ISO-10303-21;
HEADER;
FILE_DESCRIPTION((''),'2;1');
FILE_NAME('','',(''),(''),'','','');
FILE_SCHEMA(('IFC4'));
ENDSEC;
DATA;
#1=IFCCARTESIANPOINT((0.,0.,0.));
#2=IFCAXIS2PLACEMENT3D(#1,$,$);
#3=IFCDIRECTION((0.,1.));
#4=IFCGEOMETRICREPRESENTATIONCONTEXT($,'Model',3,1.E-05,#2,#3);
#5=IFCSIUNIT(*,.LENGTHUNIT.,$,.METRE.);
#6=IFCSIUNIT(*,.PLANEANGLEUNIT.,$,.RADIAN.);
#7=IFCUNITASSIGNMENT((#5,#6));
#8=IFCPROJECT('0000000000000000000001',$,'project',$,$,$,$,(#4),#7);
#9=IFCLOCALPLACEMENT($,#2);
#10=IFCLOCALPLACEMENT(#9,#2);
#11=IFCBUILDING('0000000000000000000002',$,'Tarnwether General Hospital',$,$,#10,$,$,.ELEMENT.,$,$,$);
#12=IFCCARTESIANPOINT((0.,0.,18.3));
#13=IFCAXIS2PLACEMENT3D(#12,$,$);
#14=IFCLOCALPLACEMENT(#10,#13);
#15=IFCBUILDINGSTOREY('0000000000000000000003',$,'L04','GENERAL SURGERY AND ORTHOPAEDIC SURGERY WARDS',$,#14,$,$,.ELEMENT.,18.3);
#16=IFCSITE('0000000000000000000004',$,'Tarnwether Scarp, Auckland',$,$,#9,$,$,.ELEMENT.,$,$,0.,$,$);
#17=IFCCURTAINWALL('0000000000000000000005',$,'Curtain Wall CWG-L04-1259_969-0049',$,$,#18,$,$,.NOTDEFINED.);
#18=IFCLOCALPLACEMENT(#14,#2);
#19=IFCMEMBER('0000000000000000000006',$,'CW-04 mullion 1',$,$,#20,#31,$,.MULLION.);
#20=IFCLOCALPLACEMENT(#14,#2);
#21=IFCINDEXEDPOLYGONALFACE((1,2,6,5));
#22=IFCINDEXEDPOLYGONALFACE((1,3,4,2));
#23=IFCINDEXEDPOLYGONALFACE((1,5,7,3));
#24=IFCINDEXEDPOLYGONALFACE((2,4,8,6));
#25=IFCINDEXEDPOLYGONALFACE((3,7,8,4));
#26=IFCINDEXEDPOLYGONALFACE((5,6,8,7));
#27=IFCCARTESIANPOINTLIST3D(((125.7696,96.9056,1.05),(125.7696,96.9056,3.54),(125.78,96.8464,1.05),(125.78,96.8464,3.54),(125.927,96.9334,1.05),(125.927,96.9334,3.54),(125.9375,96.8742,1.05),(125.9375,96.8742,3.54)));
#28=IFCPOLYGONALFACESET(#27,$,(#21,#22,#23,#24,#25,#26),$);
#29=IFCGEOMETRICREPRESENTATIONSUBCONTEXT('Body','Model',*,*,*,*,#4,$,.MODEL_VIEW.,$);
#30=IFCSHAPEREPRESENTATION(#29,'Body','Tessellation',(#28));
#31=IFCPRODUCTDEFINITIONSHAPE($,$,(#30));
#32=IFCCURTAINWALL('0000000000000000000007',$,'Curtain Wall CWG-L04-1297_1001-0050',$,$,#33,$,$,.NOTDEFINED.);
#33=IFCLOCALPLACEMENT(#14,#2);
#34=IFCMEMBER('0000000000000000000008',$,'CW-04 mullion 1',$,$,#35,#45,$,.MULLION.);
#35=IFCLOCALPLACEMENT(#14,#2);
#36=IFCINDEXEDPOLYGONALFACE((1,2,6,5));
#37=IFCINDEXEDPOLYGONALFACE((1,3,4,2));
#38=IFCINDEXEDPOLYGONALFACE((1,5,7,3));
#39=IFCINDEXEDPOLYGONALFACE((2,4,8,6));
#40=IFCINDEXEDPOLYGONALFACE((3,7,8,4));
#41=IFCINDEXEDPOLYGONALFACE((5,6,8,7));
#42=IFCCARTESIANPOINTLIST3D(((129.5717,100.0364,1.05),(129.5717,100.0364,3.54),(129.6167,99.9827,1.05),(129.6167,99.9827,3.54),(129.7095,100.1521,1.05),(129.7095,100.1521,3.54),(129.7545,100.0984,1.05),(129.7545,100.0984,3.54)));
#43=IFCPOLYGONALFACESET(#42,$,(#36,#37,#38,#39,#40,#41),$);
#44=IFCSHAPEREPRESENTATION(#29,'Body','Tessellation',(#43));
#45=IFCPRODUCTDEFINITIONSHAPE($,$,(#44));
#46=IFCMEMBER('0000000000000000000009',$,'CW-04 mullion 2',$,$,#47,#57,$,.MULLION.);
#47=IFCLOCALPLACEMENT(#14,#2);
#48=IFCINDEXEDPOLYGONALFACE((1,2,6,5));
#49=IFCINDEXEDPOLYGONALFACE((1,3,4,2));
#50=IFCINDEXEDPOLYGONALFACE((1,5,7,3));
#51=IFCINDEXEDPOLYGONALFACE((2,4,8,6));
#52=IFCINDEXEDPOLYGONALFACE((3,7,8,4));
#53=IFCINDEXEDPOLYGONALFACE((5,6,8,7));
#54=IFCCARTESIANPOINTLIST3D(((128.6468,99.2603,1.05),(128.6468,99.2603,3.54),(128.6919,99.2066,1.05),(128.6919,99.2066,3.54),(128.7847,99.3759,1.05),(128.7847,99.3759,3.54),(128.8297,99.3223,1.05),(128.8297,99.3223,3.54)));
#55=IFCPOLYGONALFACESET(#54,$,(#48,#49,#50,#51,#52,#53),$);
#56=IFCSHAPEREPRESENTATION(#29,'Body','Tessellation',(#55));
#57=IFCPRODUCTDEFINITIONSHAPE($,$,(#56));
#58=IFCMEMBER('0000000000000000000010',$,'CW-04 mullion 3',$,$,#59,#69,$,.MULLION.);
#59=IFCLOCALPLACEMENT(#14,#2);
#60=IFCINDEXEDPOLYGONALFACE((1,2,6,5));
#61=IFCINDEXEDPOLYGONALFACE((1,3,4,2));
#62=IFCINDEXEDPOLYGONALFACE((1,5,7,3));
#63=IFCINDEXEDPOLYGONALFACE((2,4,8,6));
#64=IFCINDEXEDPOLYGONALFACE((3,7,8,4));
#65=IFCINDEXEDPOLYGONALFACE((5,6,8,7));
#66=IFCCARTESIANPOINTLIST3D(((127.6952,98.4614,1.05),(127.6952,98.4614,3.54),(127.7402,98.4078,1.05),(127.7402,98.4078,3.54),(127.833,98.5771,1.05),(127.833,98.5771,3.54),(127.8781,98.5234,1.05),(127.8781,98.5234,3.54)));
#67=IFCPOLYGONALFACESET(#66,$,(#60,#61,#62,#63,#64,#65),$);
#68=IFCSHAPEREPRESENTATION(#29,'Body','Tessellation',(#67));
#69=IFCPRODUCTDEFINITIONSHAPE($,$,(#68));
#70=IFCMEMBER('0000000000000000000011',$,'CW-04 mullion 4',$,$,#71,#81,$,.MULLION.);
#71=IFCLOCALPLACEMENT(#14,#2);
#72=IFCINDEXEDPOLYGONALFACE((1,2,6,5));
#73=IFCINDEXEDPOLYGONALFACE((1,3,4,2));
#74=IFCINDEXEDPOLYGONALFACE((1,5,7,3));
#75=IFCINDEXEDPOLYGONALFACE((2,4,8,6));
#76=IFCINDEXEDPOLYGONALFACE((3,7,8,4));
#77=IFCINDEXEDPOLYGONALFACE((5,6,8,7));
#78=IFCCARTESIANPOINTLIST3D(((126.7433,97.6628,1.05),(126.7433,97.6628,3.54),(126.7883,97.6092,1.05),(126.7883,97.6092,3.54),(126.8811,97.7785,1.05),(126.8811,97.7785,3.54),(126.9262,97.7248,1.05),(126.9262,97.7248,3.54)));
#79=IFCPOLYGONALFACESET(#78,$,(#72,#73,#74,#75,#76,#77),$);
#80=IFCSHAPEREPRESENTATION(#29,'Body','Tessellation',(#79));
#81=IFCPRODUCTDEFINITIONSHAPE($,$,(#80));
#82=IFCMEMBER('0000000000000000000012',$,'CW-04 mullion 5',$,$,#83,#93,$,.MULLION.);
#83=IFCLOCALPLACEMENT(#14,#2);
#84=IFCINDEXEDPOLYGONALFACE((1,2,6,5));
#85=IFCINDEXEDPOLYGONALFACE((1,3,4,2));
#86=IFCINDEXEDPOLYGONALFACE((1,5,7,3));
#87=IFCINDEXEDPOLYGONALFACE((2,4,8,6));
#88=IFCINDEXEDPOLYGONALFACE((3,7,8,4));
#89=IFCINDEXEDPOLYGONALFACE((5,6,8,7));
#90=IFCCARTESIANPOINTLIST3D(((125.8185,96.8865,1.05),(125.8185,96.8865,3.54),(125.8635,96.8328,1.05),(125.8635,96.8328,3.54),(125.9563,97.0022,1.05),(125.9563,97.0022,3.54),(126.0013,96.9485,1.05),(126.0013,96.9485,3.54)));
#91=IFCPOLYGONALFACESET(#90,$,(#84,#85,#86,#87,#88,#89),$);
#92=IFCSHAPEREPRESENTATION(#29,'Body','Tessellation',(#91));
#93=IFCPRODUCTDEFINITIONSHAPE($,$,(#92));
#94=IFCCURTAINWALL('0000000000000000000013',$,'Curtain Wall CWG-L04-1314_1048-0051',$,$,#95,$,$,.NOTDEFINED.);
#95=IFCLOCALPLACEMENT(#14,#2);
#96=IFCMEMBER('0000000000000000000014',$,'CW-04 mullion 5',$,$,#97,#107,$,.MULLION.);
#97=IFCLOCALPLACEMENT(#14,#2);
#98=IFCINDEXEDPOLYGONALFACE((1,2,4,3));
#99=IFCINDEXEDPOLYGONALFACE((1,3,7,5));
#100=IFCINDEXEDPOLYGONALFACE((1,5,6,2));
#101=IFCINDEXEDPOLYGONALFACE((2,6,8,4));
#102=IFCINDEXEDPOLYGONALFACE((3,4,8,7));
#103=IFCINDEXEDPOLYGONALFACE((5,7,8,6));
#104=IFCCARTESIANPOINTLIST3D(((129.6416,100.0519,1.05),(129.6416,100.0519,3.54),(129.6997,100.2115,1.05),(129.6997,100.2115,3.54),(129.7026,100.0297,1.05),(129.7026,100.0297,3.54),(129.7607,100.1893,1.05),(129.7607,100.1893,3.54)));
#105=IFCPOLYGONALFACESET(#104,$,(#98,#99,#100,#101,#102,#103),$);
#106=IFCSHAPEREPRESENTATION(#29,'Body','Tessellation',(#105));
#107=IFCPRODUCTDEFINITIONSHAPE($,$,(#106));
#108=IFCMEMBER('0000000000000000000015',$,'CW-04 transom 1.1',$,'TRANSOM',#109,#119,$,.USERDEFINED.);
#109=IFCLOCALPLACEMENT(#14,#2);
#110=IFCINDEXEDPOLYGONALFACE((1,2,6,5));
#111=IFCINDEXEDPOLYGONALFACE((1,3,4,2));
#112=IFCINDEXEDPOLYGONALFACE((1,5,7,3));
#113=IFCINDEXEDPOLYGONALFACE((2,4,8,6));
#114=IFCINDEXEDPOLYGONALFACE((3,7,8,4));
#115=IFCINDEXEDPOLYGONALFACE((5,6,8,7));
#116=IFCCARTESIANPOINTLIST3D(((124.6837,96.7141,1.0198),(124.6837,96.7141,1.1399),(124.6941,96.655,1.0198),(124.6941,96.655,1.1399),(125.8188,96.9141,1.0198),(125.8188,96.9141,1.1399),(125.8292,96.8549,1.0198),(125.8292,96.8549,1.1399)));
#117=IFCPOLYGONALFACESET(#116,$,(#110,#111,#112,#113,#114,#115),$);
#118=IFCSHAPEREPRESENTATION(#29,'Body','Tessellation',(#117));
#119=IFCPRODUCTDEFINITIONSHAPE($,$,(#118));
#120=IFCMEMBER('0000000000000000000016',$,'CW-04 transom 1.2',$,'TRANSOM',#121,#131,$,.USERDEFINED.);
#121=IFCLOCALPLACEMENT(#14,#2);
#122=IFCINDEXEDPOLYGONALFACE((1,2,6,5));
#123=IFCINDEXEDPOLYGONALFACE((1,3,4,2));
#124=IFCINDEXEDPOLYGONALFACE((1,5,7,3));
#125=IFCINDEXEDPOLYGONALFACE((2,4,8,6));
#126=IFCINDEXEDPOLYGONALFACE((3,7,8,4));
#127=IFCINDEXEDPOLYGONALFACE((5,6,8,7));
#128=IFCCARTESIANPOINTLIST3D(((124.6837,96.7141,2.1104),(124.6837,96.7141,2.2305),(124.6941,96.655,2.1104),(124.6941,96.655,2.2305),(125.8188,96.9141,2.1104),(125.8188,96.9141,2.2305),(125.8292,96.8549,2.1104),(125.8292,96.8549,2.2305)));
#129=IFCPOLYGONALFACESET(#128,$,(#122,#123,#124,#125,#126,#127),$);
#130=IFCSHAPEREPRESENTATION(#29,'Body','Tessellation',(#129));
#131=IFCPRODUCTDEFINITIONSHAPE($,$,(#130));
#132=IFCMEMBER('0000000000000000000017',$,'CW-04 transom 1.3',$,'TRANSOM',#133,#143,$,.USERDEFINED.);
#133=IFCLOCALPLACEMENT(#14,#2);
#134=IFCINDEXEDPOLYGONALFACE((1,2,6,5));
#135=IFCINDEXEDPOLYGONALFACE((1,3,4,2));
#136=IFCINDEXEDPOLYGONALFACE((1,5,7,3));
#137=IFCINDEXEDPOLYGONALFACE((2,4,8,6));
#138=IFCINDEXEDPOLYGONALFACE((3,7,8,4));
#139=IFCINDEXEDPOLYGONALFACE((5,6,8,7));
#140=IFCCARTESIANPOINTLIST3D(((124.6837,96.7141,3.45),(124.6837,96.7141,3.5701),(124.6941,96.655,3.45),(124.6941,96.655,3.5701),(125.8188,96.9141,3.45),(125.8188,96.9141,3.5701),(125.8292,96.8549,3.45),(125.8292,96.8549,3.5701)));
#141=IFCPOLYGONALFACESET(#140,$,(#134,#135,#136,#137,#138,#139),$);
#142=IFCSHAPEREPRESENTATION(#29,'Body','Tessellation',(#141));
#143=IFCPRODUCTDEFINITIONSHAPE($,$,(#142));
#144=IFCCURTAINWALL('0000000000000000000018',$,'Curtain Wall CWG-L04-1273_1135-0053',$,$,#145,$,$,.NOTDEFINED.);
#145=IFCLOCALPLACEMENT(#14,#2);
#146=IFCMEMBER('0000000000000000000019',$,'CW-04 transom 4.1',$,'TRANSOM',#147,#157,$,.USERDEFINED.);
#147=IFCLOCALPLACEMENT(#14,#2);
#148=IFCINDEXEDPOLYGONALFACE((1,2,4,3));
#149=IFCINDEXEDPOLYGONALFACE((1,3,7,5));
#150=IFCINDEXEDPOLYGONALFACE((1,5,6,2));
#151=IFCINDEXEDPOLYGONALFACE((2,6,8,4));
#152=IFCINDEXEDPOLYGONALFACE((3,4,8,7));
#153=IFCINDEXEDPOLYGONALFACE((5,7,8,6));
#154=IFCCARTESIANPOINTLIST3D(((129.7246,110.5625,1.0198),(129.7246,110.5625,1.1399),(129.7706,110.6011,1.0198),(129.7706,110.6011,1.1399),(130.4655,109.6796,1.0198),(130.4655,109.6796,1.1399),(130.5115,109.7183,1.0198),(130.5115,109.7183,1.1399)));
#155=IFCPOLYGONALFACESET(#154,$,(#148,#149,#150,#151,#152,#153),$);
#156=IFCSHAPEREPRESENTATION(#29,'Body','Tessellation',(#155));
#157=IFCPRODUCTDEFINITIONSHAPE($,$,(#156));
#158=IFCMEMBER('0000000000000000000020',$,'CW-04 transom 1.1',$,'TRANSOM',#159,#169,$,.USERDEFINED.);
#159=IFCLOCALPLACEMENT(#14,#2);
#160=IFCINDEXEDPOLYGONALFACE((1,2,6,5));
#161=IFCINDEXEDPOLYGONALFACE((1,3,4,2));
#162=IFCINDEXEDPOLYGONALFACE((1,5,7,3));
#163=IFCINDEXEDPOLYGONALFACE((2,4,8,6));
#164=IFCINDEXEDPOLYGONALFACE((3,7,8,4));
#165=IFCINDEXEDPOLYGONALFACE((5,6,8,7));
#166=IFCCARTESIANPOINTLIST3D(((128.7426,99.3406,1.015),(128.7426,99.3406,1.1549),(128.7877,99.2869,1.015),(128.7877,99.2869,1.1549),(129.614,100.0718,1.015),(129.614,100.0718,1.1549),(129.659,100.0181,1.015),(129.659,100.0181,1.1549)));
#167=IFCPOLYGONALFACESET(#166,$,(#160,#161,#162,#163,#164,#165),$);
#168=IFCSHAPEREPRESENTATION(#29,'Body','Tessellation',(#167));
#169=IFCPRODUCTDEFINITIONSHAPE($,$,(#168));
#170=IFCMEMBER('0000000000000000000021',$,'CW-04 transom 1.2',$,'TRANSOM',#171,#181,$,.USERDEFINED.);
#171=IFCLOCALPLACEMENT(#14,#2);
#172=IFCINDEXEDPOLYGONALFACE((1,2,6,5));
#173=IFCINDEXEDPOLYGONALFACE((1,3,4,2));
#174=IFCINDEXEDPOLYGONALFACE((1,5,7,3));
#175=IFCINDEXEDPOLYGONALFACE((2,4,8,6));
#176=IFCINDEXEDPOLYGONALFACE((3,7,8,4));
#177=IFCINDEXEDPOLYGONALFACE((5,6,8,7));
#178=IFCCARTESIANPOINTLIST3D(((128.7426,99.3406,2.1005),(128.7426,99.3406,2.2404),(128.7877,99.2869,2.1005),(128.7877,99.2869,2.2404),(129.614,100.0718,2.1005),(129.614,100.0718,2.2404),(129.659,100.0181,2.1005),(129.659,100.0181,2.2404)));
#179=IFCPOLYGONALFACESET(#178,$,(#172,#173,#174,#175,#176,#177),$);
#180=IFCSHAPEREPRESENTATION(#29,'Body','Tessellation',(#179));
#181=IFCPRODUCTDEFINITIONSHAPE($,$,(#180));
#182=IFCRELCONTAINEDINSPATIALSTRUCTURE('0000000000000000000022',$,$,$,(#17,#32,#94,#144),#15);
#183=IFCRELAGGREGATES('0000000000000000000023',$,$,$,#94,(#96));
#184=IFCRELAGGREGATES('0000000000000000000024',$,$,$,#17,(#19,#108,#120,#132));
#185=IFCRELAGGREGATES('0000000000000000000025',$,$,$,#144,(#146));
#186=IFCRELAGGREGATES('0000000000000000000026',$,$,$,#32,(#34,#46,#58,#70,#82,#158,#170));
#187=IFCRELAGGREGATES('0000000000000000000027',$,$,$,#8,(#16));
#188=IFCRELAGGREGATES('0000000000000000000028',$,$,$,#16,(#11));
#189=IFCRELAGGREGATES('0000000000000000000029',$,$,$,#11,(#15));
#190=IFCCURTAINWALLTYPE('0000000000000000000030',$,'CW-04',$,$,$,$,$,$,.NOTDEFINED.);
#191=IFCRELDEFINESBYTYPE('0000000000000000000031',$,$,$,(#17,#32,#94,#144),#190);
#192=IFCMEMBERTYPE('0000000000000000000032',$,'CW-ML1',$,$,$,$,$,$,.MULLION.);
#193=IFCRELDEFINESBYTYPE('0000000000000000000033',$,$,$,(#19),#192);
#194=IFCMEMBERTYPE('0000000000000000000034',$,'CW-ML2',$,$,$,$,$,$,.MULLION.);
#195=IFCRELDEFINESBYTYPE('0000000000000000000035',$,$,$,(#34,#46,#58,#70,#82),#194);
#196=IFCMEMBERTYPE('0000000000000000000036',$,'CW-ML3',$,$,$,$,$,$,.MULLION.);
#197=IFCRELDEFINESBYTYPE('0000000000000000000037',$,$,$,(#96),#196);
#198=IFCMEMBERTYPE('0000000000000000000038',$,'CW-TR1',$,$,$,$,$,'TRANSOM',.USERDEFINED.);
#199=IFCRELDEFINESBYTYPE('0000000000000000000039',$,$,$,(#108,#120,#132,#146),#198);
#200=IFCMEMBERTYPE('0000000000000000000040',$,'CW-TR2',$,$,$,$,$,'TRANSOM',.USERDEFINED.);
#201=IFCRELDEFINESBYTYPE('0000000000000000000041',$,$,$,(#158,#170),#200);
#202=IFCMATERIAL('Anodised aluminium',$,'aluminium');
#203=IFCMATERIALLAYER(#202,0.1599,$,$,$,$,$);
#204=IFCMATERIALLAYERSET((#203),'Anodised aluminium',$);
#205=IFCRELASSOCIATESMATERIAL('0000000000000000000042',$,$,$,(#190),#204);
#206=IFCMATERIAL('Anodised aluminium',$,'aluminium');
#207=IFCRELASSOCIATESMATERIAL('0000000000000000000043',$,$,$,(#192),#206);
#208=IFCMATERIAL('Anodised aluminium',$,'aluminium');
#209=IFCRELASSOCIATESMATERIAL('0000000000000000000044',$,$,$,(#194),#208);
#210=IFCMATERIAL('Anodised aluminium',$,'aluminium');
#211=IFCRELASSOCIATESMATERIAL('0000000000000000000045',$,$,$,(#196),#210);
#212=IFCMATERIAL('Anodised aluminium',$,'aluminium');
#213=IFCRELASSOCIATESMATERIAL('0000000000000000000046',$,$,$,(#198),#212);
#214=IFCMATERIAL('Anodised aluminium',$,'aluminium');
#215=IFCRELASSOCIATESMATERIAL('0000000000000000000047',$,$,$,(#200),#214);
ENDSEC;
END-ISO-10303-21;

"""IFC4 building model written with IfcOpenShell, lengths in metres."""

from ifc_helpers import new_model, si_unit, direction, frame, origin, origin_2d, place, context, subcontext, project, spatial, rectangle, extrude, material, layer, layer_set, material_profile, profile_set, type_object, element, aggregate, save


model = new_model("IFC4")

# Units and contexts
model_context = context("Model", 3, precision=1e-05, world=origin(), true_north=direction((0.0, 1.0)))
body_context = subcontext(model_context, "Body", "Model", "MODEL_VIEW")
ifc_project = project(units=[si_unit("LENGTHUNIT", "METRE"), si_unit("PLANEANGLEUNIT", "RADIAN")], contexts=[model_context])

# Site, building, storey
site_placement = place(None, origin())
site = spatial("IfcSite", under=ifc_project, at=site_placement, Name="Tarnwether Scarp, Auckland", CompositionType="ELEMENT", RefElevation=0.0)
building_placement = place(site_placement, origin())
building = spatial("IfcBuilding", under=site, at=building_placement, Name="Tarnwether General Hospital", CompositionType="ELEMENT")
storey_placement = place(building_placement, frame((0.0, 0.0, 18.3)))
storey = spatial("IfcBuildingStorey", under=building, at=storey_placement, Name="L04", Description="GENERAL SURGERY AND ORTHOPAEDIC SURGERY WARDS", CompositionType="ELEMENT", Elevation=18.3)

# Curtain wall, member
ifc_material_1 = material(Name="Anodised aluminium", Category="aluminium")
ifc_layer_1 = layer(ifc_material_1, 0.1599)
ifc_layer_set_1 = layer_set([ifc_layer_1], Name="Anodised aluminium")
curtain_wall_type = type_object("IfcCurtainWallType", Name="CW-04", PredefinedType="NOTDEFINED", material=ifc_layer_set_1)
curtain_wall_1_placement = place(storey_placement, origin())
curtain_wall_1 = element("IfcCurtainWall", 1, at=curtain_wall_1_placement, inside=storey, type_object=curtain_wall_type, Name="Curtain Wall CWG-L04-1259_969-0049", PredefinedType="NOTDEFINED")
ifc_material_2 = material(Name="Anodised aluminium", Category="aluminium")
ifc_material_profile_1 = material_profile(ifc_material_2, rectangle(XDim=0.0601, YDim=0.1599, at=origin_2d()), Name="ALU-MUL-60x160")
ifc_profile_set_1 = profile_set([ifc_material_profile_1], Name="Anodised aluminium")
member_type_1 = type_object("IfcMemberType", Name="CW-ML1", PredefinedType="MULLION", material=ifc_profile_set_1)
member_1_placement = place(storey_placement, frame((125.8535, 96.8899, 1.05), z_axis=(0.0, 0.0, 1.0), x_axis=(0.173659, -0.984806, 0.0)))
member_1 = element("IfcMember", 2, at=member_1_placement, type_object=member_type_1, Name="CW-04 mullion 1", PredefinedType="MULLION", context=body_context, shape_type="SweptSolid", body=[
    extrude(rectangle(XDim=0.0601, YDim=0.1599, at=origin_2d()), origin(), (0.0, 0.0, 1.0), 2.49),
])

# Curtain wall, members
curtain_wall_2_placement = place(storey_placement, origin())
curtain_wall_2 = element("IfcCurtainWall", 3, at=curtain_wall_2_placement, inside=storey, type_object=curtain_wall_type, Name="Curtain Wall CWG-L04-1297_1001-0050", PredefinedType="NOTDEFINED")
ifc_material_3 = material(Name="Anodised aluminium", Category="aluminium")
ifc_material_profile_2 = material_profile(ifc_material_3, rectangle(XDim=0.0701, YDim=0.1799, at=origin_2d()), Name="ALU-MUL-70x180")
ifc_profile_set_2 = profile_set([ifc_material_profile_2], Name="Anodised aluminium")
member_type_2 = type_object("IfcMemberType", Name="CW-ML2", PredefinedType="MULLION", material=ifc_profile_set_2)
member_2_placement = place(storey_placement, frame((129.6631, 100.0674, 1.05), z_axis=(0.0, 0.0, 1.0), x_axis=(0.642852, -0.76599, 0.0)))
member_2 = element("IfcMember", 4, at=member_2_placement, type_object=member_type_2, Name="CW-04 mullion 1", PredefinedType="MULLION", context=body_context, shape_type="SweptSolid", body=[
    extrude(rectangle(XDim=0.0701, YDim=0.1799, at=origin_2d()), origin(), (0.0, 0.0, 1.0), 2.49),
])
member_3_placement = place(storey_placement, frame((128.7383, 99.2913, 1.05), z_axis=(0.0, 0.0, 1.0), x_axis=(0.642852, -0.76599, 0.0)))
member_3 = element("IfcMember", 5, at=member_3_placement, type_object=member_type_2, Name="CW-04 mullion 2", PredefinedType="MULLION", context=body_context, shape_type="SweptSolid", body=[
    extrude(rectangle(XDim=0.0701, YDim=0.1799, at=origin_2d()), origin(), (0.0, 0.0, 1.0), 2.49),
])
member_4_placement = place(storey_placement, frame((127.7866, 98.4924, 1.05), z_axis=(0.0, 0.0, 1.0), x_axis=(0.642852, -0.76599, 0.0)))
member_4 = element("IfcMember", 6, at=member_4_placement, type_object=member_type_2, Name="CW-04 mullion 3", PredefinedType="MULLION", context=body_context, shape_type="SweptSolid", body=[
    extrude(rectangle(XDim=0.0701, YDim=0.1799, at=origin_2d()), origin(), (0.0, 0.0, 1.0), 2.49),
])
member_5_placement = place(storey_placement, frame((126.8347, 97.6938, 1.05), z_axis=(0.0, 0.0, 1.0), x_axis=(0.642852, -0.76599, 0.0)))
member_5 = element("IfcMember", 7, at=member_5_placement, type_object=member_type_2, Name="CW-04 mullion 4", PredefinedType="MULLION", context=body_context, shape_type="SweptSolid", body=[
    extrude(rectangle(XDim=0.0701, YDim=0.1799, at=origin_2d()), origin(), (0.0, 0.0, 1.0), 2.49),
])
member_6_placement = place(storey_placement, frame((125.9099, 96.9175, 1.05), z_axis=(0.0, 0.0, 1.0), x_axis=(0.642852, -0.76599, 0.0)))
member_6 = element("IfcMember", 8, at=member_6_placement, type_object=member_type_2, Name="CW-04 mullion 5", PredefinedType="MULLION", context=body_context, shape_type="SweptSolid", body=[
    extrude(rectangle(XDim=0.0701, YDim=0.1799, at=origin_2d()), origin(), (0.0, 0.0, 1.0), 2.49),
])

# Curtain wall, member
curtain_wall_3_placement = place(storey_placement, origin())
curtain_wall_3 = element("IfcCurtainWall", 9, at=curtain_wall_3_placement, inside=storey, type_object=curtain_wall_type, Name="Curtain Wall CWG-L04-1314_1048-0051", PredefinedType="NOTDEFINED")
ifc_material_4 = material(Name="Anodised aluminium", Category="aluminium")
ifc_material_profile_3 = material_profile(ifc_material_4, rectangle(XDim=0.0649, YDim=0.1699, at=origin_2d()), Name="ALU-MUL-65x170")
ifc_profile_set_3 = profile_set([ifc_material_profile_3], Name="Anodised aluminium")
member_type_3 = type_object("IfcMemberType", Name="CW-ML3", PredefinedType="MULLION", material=ifc_profile_set_3)
member_7_placement = place(storey_placement, frame((129.7012, 100.1206, 1.05), z_axis=(0.0, 0.0, 1.0), x_axis=(0.939717, -0.341953, 0.0)))
member_7 = element("IfcMember", 10, at=member_7_placement, type_object=member_type_3, Name="CW-04 mullion 5", PredefinedType="MULLION", context=body_context, shape_type="SweptSolid", body=[
    extrude(rectangle(XDim=0.0649, YDim=0.1699, at=origin_2d()), origin(), (0.0, 0.0, 1.0), 2.49),
])
aggregate(curtain_wall_3, [member_7])

# Members
ifc_material_5 = material(Name="Anodised aluminium", Category="aluminium")
ifc_material_profile_4 = material_profile(ifc_material_5, rectangle(XDim=0.0601, YDim=0.1201, at=origin_2d()), Name="ALU-TRN-60x120")
ifc_profile_set_4 = profile_set([ifc_material_profile_4], Name="Anodised aluminium")
member_type_4 = type_object("IfcMemberType", Name="CW-TR1", ElementType="TRANSOM", PredefinedType="USERDEFINED", material=ifc_profile_set_4)
member_8_placement = place(storey_placement, frame((125.824, 96.8845, 1.0798), z_axis=(-0.984835, -0.173495, 0.0), x_axis=(0.173495, -0.984835, 0.0)))
member_8 = element("IfcMember", 11, at=member_8_placement, type_object=member_type_4, Name="CW-04 transom 1.1", ObjectType="TRANSOM", PredefinedType="USERDEFINED", context=body_context, shape_type="SweptSolid", body=[
    extrude(rectangle(XDim=0.0601, YDim=0.1201, at=origin_2d()), origin(), (0.0, 0.0, 1.0), 1.1526),
])
member_9_placement = place(storey_placement, frame((125.824, 96.8845, 2.1704), z_axis=(-0.984835, -0.173495, 0.0), x_axis=(0.173495, -0.984835, 0.0)))
member_9 = element("IfcMember", 12, at=member_9_placement, type_object=member_type_4, Name="CW-04 transom 1.2", ObjectType="TRANSOM", PredefinedType="USERDEFINED", context=body_context, shape_type="SweptSolid", body=[
    extrude(rectangle(XDim=0.0601, YDim=0.1201, at=origin_2d()), origin(), (0.0, 0.0, 1.0), 1.1526),
])
member_10_placement = place(storey_placement, frame((125.824, 96.8845, 3.51), z_axis=(-0.984835, -0.173495, 0.0), x_axis=(0.173495, -0.984835, 0.0)))
member_10 = element("IfcMember", 13, at=member_10_placement, type_object=member_type_4, Name="CW-04 transom 1.3", ObjectType="TRANSOM", PredefinedType="USERDEFINED", context=body_context, shape_type="SweptSolid", body=[
    extrude(rectangle(XDim=0.0601, YDim=0.1201, at=origin_2d()), origin(), (0.0, 0.0, 1.0), 1.1526),
])
aggregate(curtain_wall_1, [member_1, member_8, member_9, member_10])

# Curtain wall, member
curtain_wall_4_placement = place(storey_placement, origin())
curtain_wall_4 = element("IfcCurtainWall", 14, at=curtain_wall_4_placement, inside=storey, type_object=curtain_wall_type, Name="Curtain Wall CWG-L04-1273_1135-0053", PredefinedType="NOTDEFINED")
member_11_placement = place(storey_placement, frame((129.7476, 110.5818, 1.0798), z_axis=(0.642889, -0.765959, 0.0), x_axis=(0.765959, 0.642889, 0.0)))
member_11 = element("IfcMember", 15, at=member_11_placement, type_object=member_type_4, Name="CW-04 transom 4.1", ObjectType="TRANSOM", PredefinedType="USERDEFINED", context=body_context, shape_type="SweptSolid", body=[
    extrude(rectangle(XDim=0.0601, YDim=0.1201, at=origin_2d()), origin(), (0.0, 0.0, 1.0), 1.1526),
])
aggregate(curtain_wall_4, [member_11])

# Members
ifc_material_6 = material(Name="Anodised aluminium", Category="aluminium")
ifc_material_profile_5 = material_profile(ifc_material_6, rectangle(XDim=0.0701, YDim=0.1399, at=origin_2d()), Name="ALU-TRN-70x140")
ifc_profile_set_5 = profile_set([ifc_material_profile_5], Name="Anodised aluminium")
member_type_5 = type_object("IfcMemberType", Name="CW-TR2", ElementType="TRANSOM", PredefinedType="USERDEFINED", material=ifc_profile_set_5)
member_12_placement = place(storey_placement, frame((129.6365, 100.0449, 1.085), z_axis=(-0.766018, -0.64282, 0.0), x_axis=(0.64282, -0.766018, 0.0)))
member_12 = element("IfcMember", 16, at=member_12_placement, type_object=member_type_5, Name="CW-04 transom 1.1", ObjectType="TRANSOM", PredefinedType="USERDEFINED", context=body_context, shape_type="SweptSolid", body=[
    extrude(rectangle(XDim=0.0701, YDim=0.1399, at=origin_2d()), origin(), (0.0, 0.0, 1.0), 1.1375),
])
member_13_placement = place(storey_placement, frame((129.6365, 100.0449, 2.1704), z_axis=(-0.766018, -0.64282, 0.0), x_axis=(0.64282, -0.766018, 0.0)))
member_13 = element("IfcMember", 17, at=member_13_placement, type_object=member_type_5, Name="CW-04 transom 1.2", ObjectType="TRANSOM", PredefinedType="USERDEFINED", context=body_context, shape_type="SweptSolid", body=[
    extrude(rectangle(XDim=0.0701, YDim=0.1399, at=origin_2d()), origin(), (0.0, 0.0, 1.0), 1.1375),
])

aggregate(curtain_wall_2, [member_2, member_3, member_4, member_5, member_6, member_12, member_13])

save(model, "model.ifc")
